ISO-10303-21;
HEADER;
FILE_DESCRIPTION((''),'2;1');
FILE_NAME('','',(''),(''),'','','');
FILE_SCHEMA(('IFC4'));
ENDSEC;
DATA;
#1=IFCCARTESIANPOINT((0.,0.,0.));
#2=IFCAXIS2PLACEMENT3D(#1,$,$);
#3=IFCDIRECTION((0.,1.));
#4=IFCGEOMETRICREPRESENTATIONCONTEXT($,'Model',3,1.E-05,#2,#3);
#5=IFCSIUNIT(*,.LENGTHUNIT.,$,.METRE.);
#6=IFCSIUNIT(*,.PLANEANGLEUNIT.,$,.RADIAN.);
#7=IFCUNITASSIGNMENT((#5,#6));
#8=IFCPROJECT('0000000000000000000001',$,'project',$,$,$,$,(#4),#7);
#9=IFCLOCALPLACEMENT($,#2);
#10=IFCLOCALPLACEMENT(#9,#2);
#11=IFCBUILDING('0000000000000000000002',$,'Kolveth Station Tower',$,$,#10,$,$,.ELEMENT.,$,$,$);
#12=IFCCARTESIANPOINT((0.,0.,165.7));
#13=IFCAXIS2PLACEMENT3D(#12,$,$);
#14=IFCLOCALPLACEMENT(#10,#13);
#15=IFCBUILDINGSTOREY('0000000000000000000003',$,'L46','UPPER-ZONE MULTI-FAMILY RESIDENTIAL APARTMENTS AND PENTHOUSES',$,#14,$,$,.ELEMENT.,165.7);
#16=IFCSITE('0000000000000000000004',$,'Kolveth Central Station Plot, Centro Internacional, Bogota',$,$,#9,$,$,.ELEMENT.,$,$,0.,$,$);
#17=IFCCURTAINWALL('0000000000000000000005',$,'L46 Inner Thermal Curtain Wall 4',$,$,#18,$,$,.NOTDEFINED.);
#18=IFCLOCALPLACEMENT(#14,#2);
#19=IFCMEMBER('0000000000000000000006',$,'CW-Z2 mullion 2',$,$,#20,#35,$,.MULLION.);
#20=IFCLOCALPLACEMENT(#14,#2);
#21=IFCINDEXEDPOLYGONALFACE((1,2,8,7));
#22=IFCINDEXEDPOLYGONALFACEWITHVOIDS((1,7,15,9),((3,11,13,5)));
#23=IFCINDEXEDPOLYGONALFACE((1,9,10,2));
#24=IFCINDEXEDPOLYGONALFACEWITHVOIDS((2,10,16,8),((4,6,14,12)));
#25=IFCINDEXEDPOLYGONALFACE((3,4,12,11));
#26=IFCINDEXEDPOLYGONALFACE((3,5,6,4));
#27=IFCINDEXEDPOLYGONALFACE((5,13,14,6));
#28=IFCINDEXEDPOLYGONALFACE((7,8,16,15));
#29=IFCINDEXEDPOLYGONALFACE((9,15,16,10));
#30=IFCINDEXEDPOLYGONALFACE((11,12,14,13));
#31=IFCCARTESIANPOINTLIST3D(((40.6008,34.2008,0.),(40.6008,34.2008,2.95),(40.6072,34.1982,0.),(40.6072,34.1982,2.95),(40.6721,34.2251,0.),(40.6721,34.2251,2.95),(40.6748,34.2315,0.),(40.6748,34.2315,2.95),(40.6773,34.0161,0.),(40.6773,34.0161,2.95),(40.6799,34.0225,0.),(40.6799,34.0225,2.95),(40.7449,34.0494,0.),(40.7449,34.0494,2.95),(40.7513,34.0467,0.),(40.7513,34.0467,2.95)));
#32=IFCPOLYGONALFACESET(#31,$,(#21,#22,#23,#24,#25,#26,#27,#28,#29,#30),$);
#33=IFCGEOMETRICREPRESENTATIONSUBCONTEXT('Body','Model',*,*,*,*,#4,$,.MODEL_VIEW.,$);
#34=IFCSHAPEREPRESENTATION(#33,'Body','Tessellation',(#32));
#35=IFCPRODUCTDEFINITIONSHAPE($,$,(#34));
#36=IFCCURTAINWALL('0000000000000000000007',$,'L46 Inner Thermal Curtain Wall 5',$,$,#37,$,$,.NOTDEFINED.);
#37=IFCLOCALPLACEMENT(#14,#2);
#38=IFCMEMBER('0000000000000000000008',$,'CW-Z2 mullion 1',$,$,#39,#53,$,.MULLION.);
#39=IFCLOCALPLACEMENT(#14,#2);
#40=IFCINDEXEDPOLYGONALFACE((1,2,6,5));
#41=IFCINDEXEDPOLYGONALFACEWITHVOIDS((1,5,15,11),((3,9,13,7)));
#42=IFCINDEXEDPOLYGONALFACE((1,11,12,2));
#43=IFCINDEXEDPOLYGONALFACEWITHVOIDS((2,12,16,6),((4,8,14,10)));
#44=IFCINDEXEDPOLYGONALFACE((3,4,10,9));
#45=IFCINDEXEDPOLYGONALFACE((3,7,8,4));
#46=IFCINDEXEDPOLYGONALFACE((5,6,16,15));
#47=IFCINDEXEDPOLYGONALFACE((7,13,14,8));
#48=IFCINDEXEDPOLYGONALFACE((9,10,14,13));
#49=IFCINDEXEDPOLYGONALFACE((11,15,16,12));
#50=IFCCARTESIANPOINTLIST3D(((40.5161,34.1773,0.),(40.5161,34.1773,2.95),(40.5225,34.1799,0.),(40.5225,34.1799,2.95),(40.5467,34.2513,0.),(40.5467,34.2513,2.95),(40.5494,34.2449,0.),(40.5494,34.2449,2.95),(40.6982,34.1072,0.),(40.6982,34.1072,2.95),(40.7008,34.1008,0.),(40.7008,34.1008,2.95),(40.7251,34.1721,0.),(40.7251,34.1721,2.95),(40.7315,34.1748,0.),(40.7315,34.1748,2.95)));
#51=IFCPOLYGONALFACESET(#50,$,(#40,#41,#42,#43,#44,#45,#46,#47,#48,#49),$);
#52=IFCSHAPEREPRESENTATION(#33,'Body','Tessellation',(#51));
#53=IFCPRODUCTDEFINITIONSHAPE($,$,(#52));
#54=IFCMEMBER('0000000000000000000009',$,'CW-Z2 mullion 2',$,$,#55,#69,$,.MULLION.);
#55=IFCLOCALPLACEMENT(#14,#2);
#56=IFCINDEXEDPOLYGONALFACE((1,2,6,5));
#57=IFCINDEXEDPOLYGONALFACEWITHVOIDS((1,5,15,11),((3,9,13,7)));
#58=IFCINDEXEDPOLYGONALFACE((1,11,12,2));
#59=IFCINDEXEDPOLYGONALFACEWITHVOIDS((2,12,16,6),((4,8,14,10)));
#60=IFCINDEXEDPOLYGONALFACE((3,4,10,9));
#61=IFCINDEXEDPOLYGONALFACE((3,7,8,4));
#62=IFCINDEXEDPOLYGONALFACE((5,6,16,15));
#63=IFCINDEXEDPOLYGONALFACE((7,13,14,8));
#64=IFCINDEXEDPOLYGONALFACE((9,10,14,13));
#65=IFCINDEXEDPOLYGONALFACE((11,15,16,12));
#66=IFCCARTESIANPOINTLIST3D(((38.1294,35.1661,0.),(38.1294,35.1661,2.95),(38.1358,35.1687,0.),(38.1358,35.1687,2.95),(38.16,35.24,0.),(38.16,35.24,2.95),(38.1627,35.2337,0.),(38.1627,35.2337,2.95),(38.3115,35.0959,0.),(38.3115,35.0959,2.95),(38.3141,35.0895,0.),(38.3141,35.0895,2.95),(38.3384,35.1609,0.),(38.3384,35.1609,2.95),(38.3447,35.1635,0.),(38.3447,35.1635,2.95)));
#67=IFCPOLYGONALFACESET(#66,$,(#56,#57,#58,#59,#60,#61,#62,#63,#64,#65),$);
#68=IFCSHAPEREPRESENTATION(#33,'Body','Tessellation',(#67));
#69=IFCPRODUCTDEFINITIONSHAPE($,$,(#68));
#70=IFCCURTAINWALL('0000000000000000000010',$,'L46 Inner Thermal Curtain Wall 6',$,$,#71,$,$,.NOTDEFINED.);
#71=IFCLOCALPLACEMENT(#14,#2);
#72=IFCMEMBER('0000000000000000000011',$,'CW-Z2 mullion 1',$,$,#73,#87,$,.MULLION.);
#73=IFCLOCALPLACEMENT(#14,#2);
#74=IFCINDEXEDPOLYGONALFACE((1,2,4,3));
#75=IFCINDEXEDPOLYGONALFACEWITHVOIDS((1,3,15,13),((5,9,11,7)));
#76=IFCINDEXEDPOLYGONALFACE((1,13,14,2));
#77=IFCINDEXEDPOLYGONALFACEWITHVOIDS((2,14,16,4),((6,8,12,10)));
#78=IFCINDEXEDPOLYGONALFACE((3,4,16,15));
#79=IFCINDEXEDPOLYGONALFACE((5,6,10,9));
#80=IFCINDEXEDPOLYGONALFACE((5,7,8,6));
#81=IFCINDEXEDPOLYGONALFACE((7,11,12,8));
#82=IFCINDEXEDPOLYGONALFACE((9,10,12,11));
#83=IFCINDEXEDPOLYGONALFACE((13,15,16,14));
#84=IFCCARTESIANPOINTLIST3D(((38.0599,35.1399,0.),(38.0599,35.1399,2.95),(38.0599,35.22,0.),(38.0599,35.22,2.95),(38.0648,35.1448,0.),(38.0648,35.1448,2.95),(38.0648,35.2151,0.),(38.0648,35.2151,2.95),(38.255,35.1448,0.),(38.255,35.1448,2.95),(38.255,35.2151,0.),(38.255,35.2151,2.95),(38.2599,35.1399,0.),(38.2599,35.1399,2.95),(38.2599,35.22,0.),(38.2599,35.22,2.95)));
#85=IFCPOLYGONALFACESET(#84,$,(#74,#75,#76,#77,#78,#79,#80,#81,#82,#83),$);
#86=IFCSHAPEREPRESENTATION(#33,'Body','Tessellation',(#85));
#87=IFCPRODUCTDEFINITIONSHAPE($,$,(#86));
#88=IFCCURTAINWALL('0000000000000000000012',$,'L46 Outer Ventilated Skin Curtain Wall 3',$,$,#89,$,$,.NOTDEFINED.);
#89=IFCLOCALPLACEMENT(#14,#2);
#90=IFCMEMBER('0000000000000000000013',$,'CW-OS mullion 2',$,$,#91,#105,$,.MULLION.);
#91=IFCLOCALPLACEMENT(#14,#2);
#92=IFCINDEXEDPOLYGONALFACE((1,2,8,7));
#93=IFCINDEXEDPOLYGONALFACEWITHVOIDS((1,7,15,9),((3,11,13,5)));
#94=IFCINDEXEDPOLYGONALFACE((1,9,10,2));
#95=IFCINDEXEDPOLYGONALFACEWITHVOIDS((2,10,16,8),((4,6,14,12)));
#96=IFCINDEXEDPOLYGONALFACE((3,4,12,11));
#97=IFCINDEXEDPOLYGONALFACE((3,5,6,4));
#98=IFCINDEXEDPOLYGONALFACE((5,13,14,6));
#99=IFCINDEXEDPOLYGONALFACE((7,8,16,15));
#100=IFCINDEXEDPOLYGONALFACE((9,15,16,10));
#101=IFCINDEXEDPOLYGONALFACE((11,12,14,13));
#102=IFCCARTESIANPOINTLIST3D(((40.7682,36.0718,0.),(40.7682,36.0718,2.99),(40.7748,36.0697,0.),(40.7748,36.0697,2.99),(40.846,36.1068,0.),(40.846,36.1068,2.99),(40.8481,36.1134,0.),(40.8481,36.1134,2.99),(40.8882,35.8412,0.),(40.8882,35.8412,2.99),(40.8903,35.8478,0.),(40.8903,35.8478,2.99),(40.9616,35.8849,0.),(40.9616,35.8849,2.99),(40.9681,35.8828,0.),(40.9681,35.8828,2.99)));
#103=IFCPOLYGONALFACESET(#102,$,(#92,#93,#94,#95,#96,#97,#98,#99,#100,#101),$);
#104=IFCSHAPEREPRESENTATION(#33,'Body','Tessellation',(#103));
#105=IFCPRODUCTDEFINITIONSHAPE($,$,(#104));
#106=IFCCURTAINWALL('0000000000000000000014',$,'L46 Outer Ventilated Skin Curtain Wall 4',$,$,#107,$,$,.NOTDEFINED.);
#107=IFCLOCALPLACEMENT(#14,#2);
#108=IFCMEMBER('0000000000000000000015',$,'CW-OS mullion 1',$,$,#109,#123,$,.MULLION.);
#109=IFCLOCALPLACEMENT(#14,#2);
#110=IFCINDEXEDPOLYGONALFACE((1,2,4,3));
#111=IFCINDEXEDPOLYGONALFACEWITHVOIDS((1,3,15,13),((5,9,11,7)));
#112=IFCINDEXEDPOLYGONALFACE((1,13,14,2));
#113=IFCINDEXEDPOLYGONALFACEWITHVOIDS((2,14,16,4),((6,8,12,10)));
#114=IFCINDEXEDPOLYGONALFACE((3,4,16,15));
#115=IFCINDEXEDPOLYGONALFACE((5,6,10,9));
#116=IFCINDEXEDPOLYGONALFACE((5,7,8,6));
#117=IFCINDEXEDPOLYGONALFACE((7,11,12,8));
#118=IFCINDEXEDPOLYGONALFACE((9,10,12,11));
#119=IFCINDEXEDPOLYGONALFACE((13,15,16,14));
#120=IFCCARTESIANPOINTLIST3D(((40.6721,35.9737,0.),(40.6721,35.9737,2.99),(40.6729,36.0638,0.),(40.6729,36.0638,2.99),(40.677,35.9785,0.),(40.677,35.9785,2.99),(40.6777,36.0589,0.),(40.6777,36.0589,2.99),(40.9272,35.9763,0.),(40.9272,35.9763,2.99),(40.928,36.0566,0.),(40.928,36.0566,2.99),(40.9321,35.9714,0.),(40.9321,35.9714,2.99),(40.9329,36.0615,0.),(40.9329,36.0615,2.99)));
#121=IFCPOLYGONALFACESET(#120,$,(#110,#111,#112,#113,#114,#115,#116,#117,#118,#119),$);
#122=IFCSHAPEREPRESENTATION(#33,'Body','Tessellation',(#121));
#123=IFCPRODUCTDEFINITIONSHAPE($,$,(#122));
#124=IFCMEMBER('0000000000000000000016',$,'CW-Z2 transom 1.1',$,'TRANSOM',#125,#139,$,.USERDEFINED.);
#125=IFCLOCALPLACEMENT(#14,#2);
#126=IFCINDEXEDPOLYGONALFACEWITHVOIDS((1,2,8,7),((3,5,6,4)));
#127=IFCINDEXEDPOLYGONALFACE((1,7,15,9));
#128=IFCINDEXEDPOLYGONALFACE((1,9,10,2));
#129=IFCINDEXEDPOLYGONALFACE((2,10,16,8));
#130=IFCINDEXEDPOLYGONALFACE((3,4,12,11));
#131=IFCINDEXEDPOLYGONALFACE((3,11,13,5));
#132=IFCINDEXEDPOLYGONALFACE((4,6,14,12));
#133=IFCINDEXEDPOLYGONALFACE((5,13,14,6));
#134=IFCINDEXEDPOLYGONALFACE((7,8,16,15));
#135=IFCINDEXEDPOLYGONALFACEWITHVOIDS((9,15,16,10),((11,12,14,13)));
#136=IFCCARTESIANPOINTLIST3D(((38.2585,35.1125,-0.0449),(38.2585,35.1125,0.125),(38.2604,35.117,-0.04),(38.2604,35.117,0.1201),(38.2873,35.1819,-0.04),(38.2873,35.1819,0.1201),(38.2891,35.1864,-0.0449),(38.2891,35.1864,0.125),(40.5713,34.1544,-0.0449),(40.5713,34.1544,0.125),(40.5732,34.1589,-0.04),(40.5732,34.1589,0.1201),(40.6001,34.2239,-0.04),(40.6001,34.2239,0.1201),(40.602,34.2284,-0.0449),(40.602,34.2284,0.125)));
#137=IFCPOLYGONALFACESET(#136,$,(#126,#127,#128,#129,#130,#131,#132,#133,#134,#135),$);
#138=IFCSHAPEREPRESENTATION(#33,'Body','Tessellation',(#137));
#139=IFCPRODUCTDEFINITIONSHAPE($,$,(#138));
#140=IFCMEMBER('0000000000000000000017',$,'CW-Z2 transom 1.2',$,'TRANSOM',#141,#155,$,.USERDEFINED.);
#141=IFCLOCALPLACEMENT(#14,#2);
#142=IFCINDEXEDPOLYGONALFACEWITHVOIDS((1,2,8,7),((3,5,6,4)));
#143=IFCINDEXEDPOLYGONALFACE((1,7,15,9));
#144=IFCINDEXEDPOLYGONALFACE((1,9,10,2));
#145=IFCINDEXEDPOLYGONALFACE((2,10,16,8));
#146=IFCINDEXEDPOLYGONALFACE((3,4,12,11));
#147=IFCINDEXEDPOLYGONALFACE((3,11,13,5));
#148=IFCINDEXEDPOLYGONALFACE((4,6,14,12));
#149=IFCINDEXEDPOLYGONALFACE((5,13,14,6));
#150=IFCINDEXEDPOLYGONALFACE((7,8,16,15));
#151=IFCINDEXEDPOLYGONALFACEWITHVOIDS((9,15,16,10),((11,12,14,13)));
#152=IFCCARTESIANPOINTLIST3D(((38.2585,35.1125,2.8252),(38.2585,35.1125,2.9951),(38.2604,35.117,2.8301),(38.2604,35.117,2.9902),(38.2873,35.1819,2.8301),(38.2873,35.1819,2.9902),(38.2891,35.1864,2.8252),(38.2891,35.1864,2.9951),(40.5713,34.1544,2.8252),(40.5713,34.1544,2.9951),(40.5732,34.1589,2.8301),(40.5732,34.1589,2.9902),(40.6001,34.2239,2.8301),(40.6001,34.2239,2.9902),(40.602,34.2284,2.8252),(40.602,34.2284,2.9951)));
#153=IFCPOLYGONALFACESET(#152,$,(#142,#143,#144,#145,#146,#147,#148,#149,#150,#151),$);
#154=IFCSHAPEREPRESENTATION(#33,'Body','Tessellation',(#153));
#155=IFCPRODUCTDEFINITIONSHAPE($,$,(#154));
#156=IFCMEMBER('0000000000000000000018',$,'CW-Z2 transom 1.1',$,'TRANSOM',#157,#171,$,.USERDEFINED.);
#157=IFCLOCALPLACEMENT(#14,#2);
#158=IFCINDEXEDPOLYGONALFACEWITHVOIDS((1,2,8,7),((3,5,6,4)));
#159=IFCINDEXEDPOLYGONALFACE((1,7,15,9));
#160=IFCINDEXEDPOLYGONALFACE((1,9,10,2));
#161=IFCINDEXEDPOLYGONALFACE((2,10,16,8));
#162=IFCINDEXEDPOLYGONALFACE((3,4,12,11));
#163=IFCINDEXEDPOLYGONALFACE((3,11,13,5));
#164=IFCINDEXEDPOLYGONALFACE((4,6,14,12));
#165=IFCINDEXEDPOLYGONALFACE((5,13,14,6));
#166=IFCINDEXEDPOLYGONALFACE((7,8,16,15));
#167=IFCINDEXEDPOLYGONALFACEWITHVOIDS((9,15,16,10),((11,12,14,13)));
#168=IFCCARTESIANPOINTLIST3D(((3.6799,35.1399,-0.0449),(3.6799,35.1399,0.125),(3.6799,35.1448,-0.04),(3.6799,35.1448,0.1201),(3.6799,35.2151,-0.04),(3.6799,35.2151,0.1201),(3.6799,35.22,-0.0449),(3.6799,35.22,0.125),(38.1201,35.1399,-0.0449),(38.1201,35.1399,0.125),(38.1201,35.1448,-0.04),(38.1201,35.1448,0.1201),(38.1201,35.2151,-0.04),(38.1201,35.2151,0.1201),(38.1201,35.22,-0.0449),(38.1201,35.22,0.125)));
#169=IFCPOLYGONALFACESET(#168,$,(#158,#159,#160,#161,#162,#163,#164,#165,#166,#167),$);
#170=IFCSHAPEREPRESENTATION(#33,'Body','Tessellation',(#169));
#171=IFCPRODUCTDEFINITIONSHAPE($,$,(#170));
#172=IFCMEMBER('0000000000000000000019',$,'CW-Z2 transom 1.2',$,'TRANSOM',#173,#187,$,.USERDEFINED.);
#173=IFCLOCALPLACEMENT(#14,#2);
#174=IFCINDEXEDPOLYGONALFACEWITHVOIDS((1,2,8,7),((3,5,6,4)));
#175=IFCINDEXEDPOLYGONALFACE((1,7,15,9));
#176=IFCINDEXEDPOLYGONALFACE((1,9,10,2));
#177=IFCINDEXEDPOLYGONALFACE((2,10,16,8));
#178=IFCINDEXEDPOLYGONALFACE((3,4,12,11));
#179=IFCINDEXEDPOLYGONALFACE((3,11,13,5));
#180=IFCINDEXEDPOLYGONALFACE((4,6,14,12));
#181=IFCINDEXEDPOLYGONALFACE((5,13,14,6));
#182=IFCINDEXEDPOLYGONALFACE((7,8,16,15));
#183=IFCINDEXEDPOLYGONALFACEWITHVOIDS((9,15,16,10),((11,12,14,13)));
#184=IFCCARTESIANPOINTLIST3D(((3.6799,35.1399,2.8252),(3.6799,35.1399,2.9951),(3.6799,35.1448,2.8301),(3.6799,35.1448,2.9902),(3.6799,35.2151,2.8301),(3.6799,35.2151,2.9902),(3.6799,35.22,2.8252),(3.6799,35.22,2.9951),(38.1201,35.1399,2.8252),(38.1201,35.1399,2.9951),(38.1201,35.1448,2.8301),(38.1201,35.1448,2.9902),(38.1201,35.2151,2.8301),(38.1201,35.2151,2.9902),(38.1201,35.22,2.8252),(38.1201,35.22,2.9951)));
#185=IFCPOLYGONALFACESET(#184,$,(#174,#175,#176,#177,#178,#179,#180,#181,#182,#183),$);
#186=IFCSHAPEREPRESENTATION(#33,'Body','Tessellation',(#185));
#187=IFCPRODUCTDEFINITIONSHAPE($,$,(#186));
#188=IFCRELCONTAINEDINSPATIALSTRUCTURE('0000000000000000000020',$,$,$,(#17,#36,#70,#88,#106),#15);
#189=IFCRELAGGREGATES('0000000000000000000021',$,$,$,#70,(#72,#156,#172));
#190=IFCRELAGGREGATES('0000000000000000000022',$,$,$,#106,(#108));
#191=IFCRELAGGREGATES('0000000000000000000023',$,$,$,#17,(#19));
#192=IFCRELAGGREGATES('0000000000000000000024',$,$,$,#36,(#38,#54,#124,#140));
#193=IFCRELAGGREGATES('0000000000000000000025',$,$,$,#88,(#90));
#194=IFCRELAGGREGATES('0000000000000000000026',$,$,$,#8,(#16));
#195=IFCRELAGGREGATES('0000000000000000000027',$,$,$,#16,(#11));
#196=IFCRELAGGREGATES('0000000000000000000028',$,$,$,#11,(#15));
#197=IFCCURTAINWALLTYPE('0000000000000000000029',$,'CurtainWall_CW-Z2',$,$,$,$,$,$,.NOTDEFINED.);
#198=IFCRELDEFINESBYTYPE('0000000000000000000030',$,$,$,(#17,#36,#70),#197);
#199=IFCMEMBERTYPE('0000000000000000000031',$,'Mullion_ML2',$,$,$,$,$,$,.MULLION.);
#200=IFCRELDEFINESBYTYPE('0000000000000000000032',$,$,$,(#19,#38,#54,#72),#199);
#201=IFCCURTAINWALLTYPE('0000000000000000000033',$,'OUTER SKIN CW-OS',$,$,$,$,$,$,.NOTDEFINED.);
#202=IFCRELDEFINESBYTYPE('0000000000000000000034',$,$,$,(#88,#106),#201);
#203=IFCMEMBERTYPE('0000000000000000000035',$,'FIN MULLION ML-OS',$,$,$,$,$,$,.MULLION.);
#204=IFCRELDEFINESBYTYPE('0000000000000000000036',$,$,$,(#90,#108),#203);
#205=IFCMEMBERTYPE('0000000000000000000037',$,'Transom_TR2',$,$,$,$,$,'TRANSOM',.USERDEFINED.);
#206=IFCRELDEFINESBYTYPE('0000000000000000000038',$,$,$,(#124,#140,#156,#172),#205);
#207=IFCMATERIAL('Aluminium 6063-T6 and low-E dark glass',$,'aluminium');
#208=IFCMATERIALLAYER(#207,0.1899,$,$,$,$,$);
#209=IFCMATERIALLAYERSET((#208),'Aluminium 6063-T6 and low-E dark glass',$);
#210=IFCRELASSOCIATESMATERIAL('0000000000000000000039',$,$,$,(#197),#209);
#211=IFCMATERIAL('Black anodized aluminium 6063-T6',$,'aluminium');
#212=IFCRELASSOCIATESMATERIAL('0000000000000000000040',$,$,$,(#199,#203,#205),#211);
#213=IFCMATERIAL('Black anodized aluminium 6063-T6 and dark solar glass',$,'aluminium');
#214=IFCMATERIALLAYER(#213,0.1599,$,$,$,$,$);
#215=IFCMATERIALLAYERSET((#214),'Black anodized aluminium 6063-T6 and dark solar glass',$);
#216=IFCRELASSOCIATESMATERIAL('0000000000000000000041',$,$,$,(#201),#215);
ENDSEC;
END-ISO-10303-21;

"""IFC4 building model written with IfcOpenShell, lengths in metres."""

from ifc_helpers import new_model, si_unit, direction, frame, origin, origin_2d, place, context, subcontext, project, spatial, hollow_rectangle, extrude, source, transform, mapped, material, layer, layer_set, material_profile, profile_set, type_object, element, aggregate, save


model = new_model("IFC4")

# Units and contexts
model_context = context("Model", 3, precision=1e-05, world=origin(), true_north=direction((0.0, 1.0)))
body_context = subcontext(model_context, "Body", "Model", "MODEL_VIEW")
ifc_project = project(units=[si_unit("LENGTHUNIT", "METRE"), si_unit("PLANEANGLEUNIT", "RADIAN")], contexts=[model_context])

# Site, building, storey
site_placement = place(None, origin())
site = spatial("IfcSite", under=ifc_project, at=site_placement, Name="Kolveth Central Station Plot, Centro Internacional, Bogota", CompositionType="ELEMENT", RefElevation=0.0)
building_placement = place(site_placement, origin())
building = spatial("IfcBuilding", under=site, at=building_placement, Name="Kolveth Station Tower", CompositionType="ELEMENT")
storey_placement = place(building_placement, frame((0.0, 0.0, 165.7)))
storey = spatial("IfcBuildingStorey", under=building, at=storey_placement, Name="L46", Description="UPPER-ZONE MULTI-FAMILY RESIDENTIAL APARTMENTS AND PENTHOUSES", CompositionType="ELEMENT", Elevation=165.7)

# Curtain wall, member
ifc_material_1 = material(Name="Aluminium 6063-T6 and low-E dark glass", Category="aluminium")
ifc_layer_1 = layer(ifc_material_1, 0.1899)
ifc_layer_set_1 = layer_set([ifc_layer_1], Name="Aluminium 6063-T6 and low-E dark glass")
curtain_wall_type_1 = type_object("IfcCurtainWallType", Name="CurtainWall_CW-Z2", PredefinedType="NOTDEFINED", material=ifc_layer_set_1)
curtain_wall_1_placement = place(storey_placement, origin())
curtain_wall_1 = element("IfcCurtainWall", 1, at=curtain_wall_1_placement, inside=storey, type_object=curtain_wall_type_1, Name="L46 Inner Thermal Curtain Wall 4", PredefinedType="NOTDEFINED")
ifc_material_2 = material(Name="Black anodized aluminium 6063-T6", Category="aluminium")
ifc_material_profile_1 = material_profile(ifc_material_2, hollow_rectangle(XDim=0.0801, YDim=0.2, WallThickness=0.0049, at=origin_2d()), Name="ALU-80x200x5")
ifc_profile_set_1 = profile_set([ifc_material_profile_1], Name="Black anodized aluminium 6063-T6")
member_type_1 = type_object("IfcMemberType", Name="Mullion_ML2", PredefinedType="MULLION", material=ifc_profile_set_1)
shared_shape_1 = source(origin(), body_context, "Body", "SweptSolid", [
    extrude(hollow_rectangle(XDim=0.0801, YDim=0.2, WallThickness=0.0049, at=origin_2d()), origin(), (0.0, 0.0, 1.0), 2.95),
])
member_1_placement = place(storey_placement, frame((40.676, 34.1238, 0.0), z_axis=(0.0, 0.0, 1.0), x_axis=(-0.923874, -0.382698, 0.0)))
member_1 = element("IfcMember", 2, at=member_1_placement, type_object=member_type_1, Name="CW-Z2 mullion 2", PredefinedType="MULLION", context=body_context, shape_type="MappedRepresentation", body=[
    mapped(shared_shape_1, transform((0.0, 0.0, 0.0), x_axis=(1.0, 0.0, 0.0), y_axis=(0.0, 1.0, 0.0), z_axis=(0.0, 0.0, 1.0), scale=1.0)),
])

# Curtain wall, members
curtain_wall_2_placement = place(storey_placement, origin())
curtain_wall_2 = element("IfcCurtainWall", 3, at=curtain_wall_2_placement, inside=storey, type_object=curtain_wall_type_1, Name="L46 Inner Thermal Curtain Wall 5", PredefinedType="NOTDEFINED")
member_2_placement = place(storey_placement, frame((40.6238, 34.176, 0.0), z_axis=(0.0, 0.0, 1.0), x_axis=(-0.382698, -0.923874, 0.0)))
member_2 = element("IfcMember", 4, at=member_2_placement, type_object=member_type_1, Name="CW-Z2 mullion 1", PredefinedType="MULLION", context=body_context, shape_type="MappedRepresentation", body=[
    mapped(shared_shape_1, transform((0.0, 0.0, 0.0), x_axis=(1.0, 0.0, 0.0), y_axis=(0.0, 1.0, 0.0), z_axis=(0.0, 0.0, 1.0), scale=1.0)),
])
member_3_placement = place(storey_placement, frame((38.2371, 35.1648, 0.0), z_axis=(0.0, 0.0, 1.0), x_axis=(-0.382698, -0.923874, 0.0)))
member_3 = element("IfcMember", 5, at=member_3_placement, type_object=member_type_1, Name="CW-Z2 mullion 2", PredefinedType="MULLION", context=body_context, shape_type="MappedRepresentation", body=[
    mapped(shared_shape_1, transform((0.0, 0.0, 0.0), x_axis=(1.0, 0.0, 0.0), y_axis=(0.0, 1.0, 0.0), z_axis=(0.0, 0.0, 1.0), scale=1.0)),
])

# Curtain walls, members
curtain_wall_3_placement = place(storey_placement, origin())
curtain_wall_3 = element("IfcCurtainWall", 6, at=curtain_wall_3_placement, inside=storey, type_object=curtain_wall_type_1, Name="L46 Inner Thermal Curtain Wall 6", PredefinedType="NOTDEFINED")
member_4_placement = place(storey_placement, frame((38.1599, 35.1799, 0.0), z_axis=(0.0, 0.0, 1.0), x_axis=(0.0, -1.0, 0.0)))
member_4 = element("IfcMember", 7, at=member_4_placement, type_object=member_type_1, Name="CW-Z2 mullion 1", PredefinedType="MULLION", context=body_context, shape_type="MappedRepresentation", body=[
    mapped(shared_shape_1, transform((0.0, 0.0, 0.0), x_axis=(1.0, 0.0, 0.0), y_axis=(0.0, 1.0, 0.0), z_axis=(0.0, 0.0, 1.0), scale=1.0)),
])
ifc_material_3 = material(Name="Black anodized aluminium 6063-T6 and dark solar glass", Category="aluminium")
ifc_layer_2 = layer(ifc_material_3, 0.1599)
ifc_layer_set_2 = layer_set([ifc_layer_2], Name="Black anodized aluminium 6063-T6 and dark solar glass")
curtain_wall_type_2 = type_object("IfcCurtainWallType", Name="OUTER SKIN CW-OS", PredefinedType="NOTDEFINED", material=ifc_layer_set_2)
curtain_wall_4_placement = place(storey_placement, origin())
curtain_wall_4 = element("IfcCurtainWall", 8, at=curtain_wall_4_placement, inside=storey, type_object=curtain_wall_type_2, Name="L46 Outer Ventilated Skin Curtain Wall 3", PredefinedType="NOTDEFINED")
ifc_material_profile_2 = material_profile(ifc_material_2, hollow_rectangle(XDim=0.0901, YDim=0.26, WallThickness=0.0049, at=origin_2d()), Name="ALU-90x260x5")
ifc_profile_set_2 = profile_set([ifc_material_profile_2], Name="Black anodized aluminium 6063-T6")
member_type_2 = type_object("IfcMemberType", Name="FIN MULLION ML-OS", PredefinedType="MULLION", material=ifc_profile_set_2)
shared_shape_2 = source(origin(), body_context, "Body", "SweptSolid", [
    extrude(hollow_rectangle(XDim=0.0901, YDim=0.26, WallThickness=0.0049, at=origin_2d()), origin(), (0.0, 0.0, 1.0), 2.99),
])
member_5_placement = place(storey_placement, frame((40.8682, 35.9773, 0.0), z_axis=(0.0, 0.0, 1.0), x_axis=(-0.887013, -0.461744, 0.0)))
member_5 = element("IfcMember", 9, at=member_5_placement, type_object=member_type_2, Name="CW-OS mullion 2", PredefinedType="MULLION", context=body_context, shape_type="MappedRepresentation", body=[
    mapped(shared_shape_2, transform((0.0, 0.0, 0.0), x_axis=(1.0, 0.0, 0.0), y_axis=(0.0, 1.0, 0.0), z_axis=(0.0, 0.0, 1.0), scale=1.0)),
])
curtain_wall_5_placement = place(storey_placement, origin())
curtain_wall_5 = element("IfcCurtainWall", 10, at=curtain_wall_5_placement, inside=storey, type_object=curtain_wall_type_2, Name="L46 Outer Ventilated Skin Curtain Wall 4", PredefinedType="NOTDEFINED")
member_6_placement = place(storey_placement, frame((40.8025, 36.0176, 0.0), z_axis=(0.0, 0.0, 1.0), x_axis=(-0.008961, -0.99996, 0.0)))
member_6 = element("IfcMember", 11, at=member_6_placement, type_object=member_type_2, Name="CW-OS mullion 1", PredefinedType="MULLION", context=body_context, shape_type="MappedRepresentation", body=[
    mapped(shared_shape_2, transform((0.0, 0.0, 0.0), x_axis=(1.0, 0.0, 0.0), y_axis=(0.0, 1.0, 0.0), z_axis=(0.0, 0.0, 1.0), scale=1.0)),
])

# Members
ifc_material_profile_3 = material_profile(ifc_material_2, hollow_rectangle(XDim=0.0801, YDim=0.1699, WallThickness=0.0049, at=origin_2d()), Name="ALU-80x170x5")
ifc_profile_set_3 = profile_set([ifc_material_profile_3], Name="Black anodized aluminium 6063-T6")
member_type_3 = type_object("IfcMemberType", Name="Transom_TR2", ElementType="TRANSOM", PredefinedType="USERDEFINED", material=ifc_profile_set_3)
shared_shape_3 = source(origin(), body_context, "Body", "SweptSolid", [
    extrude(hollow_rectangle(XDim=0.0801, YDim=0.1699, WallThickness=0.0049, at=origin_2d()), origin(), (0.0, 0.0, 1.0), 2.5034),
])
member_7_placement = place(storey_placement, frame((40.5867, 34.1914, 0.04), z_axis=(-0.923874, 0.382696, 0.0), x_axis=(-0.382696, -0.923874, 0.0)))
member_7 = element("IfcMember", 12, at=member_7_placement, type_object=member_type_3, Name="CW-Z2 transom 1.1", ObjectType="TRANSOM", PredefinedType="USERDEFINED", context=body_context, shape_type="MappedRepresentation", body=[
    mapped(shared_shape_3, transform((0.0, 0.0, 0.0), x_axis=(1.0, 0.0, 0.0), y_axis=(0.0, 1.0, 0.0), z_axis=(0.0, 0.0, 1.0), scale=1.0)),
])
member_8_placement = place(storey_placement, frame((40.5867, 34.1914, 2.9102), z_axis=(-0.923874, 0.382696, 0.0), x_axis=(-0.382696, -0.923874, 0.0)))
member_8 = element("IfcMember", 13, at=member_8_placement, type_object=member_type_3, Name="CW-Z2 transom 1.2", ObjectType="TRANSOM", PredefinedType="USERDEFINED", context=body_context, shape_type="MappedRepresentation", body=[
    mapped(shared_shape_3, transform((0.0, 0.0, 0.0), x_axis=(1.0, 0.0, 0.0), y_axis=(0.0, 1.0, 0.0), z_axis=(0.0, 0.0, 1.0), scale=1.0)),
])
shared_shape_4 = source(origin(), body_context, "Body", "SweptSolid", [
    extrude(hollow_rectangle(XDim=0.0801, YDim=0.1699, WallThickness=0.0049, at=origin_2d()), origin(), (0.0, 0.0, 1.0), 34.4402),
])
member_9_placement = place(storey_placement, frame((38.1201, 35.1799, 0.04), z_axis=(-1.0, 0.0, 0.0), x_axis=(0.0, -1.0, 0.0)))
member_9 = element("IfcMember", 14, at=member_9_placement, type_object=member_type_3, Name="CW-Z2 transom 1.1", ObjectType="TRANSOM", PredefinedType="USERDEFINED", context=body_context, shape_type="MappedRepresentation", body=[
    mapped(shared_shape_4, transform((0.0, 0.0, 0.0), x_axis=(1.0, 0.0, 0.0), y_axis=(0.0, 1.0, 0.0), z_axis=(0.0, 0.0, 1.0), scale=1.0)),
])
member_10_placement = place(storey_placement, frame((38.1201, 35.1799, 2.9102), z_axis=(-1.0, 0.0, 0.0), x_axis=(0.0, -1.0, 0.0)))
member_10 = element("IfcMember", 15, at=member_10_placement, type_object=member_type_3, Name="CW-Z2 transom 1.2", ObjectType="TRANSOM", PredefinedType="USERDEFINED", context=body_context, shape_type="MappedRepresentation", body=[
    mapped(shared_shape_4, transform((0.0, 0.0, 0.0), x_axis=(1.0, 0.0, 0.0), y_axis=(0.0, 1.0, 0.0), z_axis=(0.0, 0.0, 1.0), scale=1.0)),
])
aggregate(curtain_wall_3, [member_4, member_9, member_10])
aggregate(curtain_wall_5, [member_6])

aggregate(curtain_wall_1, [member_1])
aggregate(curtain_wall_2, [member_2, member_3, member_7, member_8])
aggregate(curtain_wall_4, [member_5])

save(model, "model.ifc")
